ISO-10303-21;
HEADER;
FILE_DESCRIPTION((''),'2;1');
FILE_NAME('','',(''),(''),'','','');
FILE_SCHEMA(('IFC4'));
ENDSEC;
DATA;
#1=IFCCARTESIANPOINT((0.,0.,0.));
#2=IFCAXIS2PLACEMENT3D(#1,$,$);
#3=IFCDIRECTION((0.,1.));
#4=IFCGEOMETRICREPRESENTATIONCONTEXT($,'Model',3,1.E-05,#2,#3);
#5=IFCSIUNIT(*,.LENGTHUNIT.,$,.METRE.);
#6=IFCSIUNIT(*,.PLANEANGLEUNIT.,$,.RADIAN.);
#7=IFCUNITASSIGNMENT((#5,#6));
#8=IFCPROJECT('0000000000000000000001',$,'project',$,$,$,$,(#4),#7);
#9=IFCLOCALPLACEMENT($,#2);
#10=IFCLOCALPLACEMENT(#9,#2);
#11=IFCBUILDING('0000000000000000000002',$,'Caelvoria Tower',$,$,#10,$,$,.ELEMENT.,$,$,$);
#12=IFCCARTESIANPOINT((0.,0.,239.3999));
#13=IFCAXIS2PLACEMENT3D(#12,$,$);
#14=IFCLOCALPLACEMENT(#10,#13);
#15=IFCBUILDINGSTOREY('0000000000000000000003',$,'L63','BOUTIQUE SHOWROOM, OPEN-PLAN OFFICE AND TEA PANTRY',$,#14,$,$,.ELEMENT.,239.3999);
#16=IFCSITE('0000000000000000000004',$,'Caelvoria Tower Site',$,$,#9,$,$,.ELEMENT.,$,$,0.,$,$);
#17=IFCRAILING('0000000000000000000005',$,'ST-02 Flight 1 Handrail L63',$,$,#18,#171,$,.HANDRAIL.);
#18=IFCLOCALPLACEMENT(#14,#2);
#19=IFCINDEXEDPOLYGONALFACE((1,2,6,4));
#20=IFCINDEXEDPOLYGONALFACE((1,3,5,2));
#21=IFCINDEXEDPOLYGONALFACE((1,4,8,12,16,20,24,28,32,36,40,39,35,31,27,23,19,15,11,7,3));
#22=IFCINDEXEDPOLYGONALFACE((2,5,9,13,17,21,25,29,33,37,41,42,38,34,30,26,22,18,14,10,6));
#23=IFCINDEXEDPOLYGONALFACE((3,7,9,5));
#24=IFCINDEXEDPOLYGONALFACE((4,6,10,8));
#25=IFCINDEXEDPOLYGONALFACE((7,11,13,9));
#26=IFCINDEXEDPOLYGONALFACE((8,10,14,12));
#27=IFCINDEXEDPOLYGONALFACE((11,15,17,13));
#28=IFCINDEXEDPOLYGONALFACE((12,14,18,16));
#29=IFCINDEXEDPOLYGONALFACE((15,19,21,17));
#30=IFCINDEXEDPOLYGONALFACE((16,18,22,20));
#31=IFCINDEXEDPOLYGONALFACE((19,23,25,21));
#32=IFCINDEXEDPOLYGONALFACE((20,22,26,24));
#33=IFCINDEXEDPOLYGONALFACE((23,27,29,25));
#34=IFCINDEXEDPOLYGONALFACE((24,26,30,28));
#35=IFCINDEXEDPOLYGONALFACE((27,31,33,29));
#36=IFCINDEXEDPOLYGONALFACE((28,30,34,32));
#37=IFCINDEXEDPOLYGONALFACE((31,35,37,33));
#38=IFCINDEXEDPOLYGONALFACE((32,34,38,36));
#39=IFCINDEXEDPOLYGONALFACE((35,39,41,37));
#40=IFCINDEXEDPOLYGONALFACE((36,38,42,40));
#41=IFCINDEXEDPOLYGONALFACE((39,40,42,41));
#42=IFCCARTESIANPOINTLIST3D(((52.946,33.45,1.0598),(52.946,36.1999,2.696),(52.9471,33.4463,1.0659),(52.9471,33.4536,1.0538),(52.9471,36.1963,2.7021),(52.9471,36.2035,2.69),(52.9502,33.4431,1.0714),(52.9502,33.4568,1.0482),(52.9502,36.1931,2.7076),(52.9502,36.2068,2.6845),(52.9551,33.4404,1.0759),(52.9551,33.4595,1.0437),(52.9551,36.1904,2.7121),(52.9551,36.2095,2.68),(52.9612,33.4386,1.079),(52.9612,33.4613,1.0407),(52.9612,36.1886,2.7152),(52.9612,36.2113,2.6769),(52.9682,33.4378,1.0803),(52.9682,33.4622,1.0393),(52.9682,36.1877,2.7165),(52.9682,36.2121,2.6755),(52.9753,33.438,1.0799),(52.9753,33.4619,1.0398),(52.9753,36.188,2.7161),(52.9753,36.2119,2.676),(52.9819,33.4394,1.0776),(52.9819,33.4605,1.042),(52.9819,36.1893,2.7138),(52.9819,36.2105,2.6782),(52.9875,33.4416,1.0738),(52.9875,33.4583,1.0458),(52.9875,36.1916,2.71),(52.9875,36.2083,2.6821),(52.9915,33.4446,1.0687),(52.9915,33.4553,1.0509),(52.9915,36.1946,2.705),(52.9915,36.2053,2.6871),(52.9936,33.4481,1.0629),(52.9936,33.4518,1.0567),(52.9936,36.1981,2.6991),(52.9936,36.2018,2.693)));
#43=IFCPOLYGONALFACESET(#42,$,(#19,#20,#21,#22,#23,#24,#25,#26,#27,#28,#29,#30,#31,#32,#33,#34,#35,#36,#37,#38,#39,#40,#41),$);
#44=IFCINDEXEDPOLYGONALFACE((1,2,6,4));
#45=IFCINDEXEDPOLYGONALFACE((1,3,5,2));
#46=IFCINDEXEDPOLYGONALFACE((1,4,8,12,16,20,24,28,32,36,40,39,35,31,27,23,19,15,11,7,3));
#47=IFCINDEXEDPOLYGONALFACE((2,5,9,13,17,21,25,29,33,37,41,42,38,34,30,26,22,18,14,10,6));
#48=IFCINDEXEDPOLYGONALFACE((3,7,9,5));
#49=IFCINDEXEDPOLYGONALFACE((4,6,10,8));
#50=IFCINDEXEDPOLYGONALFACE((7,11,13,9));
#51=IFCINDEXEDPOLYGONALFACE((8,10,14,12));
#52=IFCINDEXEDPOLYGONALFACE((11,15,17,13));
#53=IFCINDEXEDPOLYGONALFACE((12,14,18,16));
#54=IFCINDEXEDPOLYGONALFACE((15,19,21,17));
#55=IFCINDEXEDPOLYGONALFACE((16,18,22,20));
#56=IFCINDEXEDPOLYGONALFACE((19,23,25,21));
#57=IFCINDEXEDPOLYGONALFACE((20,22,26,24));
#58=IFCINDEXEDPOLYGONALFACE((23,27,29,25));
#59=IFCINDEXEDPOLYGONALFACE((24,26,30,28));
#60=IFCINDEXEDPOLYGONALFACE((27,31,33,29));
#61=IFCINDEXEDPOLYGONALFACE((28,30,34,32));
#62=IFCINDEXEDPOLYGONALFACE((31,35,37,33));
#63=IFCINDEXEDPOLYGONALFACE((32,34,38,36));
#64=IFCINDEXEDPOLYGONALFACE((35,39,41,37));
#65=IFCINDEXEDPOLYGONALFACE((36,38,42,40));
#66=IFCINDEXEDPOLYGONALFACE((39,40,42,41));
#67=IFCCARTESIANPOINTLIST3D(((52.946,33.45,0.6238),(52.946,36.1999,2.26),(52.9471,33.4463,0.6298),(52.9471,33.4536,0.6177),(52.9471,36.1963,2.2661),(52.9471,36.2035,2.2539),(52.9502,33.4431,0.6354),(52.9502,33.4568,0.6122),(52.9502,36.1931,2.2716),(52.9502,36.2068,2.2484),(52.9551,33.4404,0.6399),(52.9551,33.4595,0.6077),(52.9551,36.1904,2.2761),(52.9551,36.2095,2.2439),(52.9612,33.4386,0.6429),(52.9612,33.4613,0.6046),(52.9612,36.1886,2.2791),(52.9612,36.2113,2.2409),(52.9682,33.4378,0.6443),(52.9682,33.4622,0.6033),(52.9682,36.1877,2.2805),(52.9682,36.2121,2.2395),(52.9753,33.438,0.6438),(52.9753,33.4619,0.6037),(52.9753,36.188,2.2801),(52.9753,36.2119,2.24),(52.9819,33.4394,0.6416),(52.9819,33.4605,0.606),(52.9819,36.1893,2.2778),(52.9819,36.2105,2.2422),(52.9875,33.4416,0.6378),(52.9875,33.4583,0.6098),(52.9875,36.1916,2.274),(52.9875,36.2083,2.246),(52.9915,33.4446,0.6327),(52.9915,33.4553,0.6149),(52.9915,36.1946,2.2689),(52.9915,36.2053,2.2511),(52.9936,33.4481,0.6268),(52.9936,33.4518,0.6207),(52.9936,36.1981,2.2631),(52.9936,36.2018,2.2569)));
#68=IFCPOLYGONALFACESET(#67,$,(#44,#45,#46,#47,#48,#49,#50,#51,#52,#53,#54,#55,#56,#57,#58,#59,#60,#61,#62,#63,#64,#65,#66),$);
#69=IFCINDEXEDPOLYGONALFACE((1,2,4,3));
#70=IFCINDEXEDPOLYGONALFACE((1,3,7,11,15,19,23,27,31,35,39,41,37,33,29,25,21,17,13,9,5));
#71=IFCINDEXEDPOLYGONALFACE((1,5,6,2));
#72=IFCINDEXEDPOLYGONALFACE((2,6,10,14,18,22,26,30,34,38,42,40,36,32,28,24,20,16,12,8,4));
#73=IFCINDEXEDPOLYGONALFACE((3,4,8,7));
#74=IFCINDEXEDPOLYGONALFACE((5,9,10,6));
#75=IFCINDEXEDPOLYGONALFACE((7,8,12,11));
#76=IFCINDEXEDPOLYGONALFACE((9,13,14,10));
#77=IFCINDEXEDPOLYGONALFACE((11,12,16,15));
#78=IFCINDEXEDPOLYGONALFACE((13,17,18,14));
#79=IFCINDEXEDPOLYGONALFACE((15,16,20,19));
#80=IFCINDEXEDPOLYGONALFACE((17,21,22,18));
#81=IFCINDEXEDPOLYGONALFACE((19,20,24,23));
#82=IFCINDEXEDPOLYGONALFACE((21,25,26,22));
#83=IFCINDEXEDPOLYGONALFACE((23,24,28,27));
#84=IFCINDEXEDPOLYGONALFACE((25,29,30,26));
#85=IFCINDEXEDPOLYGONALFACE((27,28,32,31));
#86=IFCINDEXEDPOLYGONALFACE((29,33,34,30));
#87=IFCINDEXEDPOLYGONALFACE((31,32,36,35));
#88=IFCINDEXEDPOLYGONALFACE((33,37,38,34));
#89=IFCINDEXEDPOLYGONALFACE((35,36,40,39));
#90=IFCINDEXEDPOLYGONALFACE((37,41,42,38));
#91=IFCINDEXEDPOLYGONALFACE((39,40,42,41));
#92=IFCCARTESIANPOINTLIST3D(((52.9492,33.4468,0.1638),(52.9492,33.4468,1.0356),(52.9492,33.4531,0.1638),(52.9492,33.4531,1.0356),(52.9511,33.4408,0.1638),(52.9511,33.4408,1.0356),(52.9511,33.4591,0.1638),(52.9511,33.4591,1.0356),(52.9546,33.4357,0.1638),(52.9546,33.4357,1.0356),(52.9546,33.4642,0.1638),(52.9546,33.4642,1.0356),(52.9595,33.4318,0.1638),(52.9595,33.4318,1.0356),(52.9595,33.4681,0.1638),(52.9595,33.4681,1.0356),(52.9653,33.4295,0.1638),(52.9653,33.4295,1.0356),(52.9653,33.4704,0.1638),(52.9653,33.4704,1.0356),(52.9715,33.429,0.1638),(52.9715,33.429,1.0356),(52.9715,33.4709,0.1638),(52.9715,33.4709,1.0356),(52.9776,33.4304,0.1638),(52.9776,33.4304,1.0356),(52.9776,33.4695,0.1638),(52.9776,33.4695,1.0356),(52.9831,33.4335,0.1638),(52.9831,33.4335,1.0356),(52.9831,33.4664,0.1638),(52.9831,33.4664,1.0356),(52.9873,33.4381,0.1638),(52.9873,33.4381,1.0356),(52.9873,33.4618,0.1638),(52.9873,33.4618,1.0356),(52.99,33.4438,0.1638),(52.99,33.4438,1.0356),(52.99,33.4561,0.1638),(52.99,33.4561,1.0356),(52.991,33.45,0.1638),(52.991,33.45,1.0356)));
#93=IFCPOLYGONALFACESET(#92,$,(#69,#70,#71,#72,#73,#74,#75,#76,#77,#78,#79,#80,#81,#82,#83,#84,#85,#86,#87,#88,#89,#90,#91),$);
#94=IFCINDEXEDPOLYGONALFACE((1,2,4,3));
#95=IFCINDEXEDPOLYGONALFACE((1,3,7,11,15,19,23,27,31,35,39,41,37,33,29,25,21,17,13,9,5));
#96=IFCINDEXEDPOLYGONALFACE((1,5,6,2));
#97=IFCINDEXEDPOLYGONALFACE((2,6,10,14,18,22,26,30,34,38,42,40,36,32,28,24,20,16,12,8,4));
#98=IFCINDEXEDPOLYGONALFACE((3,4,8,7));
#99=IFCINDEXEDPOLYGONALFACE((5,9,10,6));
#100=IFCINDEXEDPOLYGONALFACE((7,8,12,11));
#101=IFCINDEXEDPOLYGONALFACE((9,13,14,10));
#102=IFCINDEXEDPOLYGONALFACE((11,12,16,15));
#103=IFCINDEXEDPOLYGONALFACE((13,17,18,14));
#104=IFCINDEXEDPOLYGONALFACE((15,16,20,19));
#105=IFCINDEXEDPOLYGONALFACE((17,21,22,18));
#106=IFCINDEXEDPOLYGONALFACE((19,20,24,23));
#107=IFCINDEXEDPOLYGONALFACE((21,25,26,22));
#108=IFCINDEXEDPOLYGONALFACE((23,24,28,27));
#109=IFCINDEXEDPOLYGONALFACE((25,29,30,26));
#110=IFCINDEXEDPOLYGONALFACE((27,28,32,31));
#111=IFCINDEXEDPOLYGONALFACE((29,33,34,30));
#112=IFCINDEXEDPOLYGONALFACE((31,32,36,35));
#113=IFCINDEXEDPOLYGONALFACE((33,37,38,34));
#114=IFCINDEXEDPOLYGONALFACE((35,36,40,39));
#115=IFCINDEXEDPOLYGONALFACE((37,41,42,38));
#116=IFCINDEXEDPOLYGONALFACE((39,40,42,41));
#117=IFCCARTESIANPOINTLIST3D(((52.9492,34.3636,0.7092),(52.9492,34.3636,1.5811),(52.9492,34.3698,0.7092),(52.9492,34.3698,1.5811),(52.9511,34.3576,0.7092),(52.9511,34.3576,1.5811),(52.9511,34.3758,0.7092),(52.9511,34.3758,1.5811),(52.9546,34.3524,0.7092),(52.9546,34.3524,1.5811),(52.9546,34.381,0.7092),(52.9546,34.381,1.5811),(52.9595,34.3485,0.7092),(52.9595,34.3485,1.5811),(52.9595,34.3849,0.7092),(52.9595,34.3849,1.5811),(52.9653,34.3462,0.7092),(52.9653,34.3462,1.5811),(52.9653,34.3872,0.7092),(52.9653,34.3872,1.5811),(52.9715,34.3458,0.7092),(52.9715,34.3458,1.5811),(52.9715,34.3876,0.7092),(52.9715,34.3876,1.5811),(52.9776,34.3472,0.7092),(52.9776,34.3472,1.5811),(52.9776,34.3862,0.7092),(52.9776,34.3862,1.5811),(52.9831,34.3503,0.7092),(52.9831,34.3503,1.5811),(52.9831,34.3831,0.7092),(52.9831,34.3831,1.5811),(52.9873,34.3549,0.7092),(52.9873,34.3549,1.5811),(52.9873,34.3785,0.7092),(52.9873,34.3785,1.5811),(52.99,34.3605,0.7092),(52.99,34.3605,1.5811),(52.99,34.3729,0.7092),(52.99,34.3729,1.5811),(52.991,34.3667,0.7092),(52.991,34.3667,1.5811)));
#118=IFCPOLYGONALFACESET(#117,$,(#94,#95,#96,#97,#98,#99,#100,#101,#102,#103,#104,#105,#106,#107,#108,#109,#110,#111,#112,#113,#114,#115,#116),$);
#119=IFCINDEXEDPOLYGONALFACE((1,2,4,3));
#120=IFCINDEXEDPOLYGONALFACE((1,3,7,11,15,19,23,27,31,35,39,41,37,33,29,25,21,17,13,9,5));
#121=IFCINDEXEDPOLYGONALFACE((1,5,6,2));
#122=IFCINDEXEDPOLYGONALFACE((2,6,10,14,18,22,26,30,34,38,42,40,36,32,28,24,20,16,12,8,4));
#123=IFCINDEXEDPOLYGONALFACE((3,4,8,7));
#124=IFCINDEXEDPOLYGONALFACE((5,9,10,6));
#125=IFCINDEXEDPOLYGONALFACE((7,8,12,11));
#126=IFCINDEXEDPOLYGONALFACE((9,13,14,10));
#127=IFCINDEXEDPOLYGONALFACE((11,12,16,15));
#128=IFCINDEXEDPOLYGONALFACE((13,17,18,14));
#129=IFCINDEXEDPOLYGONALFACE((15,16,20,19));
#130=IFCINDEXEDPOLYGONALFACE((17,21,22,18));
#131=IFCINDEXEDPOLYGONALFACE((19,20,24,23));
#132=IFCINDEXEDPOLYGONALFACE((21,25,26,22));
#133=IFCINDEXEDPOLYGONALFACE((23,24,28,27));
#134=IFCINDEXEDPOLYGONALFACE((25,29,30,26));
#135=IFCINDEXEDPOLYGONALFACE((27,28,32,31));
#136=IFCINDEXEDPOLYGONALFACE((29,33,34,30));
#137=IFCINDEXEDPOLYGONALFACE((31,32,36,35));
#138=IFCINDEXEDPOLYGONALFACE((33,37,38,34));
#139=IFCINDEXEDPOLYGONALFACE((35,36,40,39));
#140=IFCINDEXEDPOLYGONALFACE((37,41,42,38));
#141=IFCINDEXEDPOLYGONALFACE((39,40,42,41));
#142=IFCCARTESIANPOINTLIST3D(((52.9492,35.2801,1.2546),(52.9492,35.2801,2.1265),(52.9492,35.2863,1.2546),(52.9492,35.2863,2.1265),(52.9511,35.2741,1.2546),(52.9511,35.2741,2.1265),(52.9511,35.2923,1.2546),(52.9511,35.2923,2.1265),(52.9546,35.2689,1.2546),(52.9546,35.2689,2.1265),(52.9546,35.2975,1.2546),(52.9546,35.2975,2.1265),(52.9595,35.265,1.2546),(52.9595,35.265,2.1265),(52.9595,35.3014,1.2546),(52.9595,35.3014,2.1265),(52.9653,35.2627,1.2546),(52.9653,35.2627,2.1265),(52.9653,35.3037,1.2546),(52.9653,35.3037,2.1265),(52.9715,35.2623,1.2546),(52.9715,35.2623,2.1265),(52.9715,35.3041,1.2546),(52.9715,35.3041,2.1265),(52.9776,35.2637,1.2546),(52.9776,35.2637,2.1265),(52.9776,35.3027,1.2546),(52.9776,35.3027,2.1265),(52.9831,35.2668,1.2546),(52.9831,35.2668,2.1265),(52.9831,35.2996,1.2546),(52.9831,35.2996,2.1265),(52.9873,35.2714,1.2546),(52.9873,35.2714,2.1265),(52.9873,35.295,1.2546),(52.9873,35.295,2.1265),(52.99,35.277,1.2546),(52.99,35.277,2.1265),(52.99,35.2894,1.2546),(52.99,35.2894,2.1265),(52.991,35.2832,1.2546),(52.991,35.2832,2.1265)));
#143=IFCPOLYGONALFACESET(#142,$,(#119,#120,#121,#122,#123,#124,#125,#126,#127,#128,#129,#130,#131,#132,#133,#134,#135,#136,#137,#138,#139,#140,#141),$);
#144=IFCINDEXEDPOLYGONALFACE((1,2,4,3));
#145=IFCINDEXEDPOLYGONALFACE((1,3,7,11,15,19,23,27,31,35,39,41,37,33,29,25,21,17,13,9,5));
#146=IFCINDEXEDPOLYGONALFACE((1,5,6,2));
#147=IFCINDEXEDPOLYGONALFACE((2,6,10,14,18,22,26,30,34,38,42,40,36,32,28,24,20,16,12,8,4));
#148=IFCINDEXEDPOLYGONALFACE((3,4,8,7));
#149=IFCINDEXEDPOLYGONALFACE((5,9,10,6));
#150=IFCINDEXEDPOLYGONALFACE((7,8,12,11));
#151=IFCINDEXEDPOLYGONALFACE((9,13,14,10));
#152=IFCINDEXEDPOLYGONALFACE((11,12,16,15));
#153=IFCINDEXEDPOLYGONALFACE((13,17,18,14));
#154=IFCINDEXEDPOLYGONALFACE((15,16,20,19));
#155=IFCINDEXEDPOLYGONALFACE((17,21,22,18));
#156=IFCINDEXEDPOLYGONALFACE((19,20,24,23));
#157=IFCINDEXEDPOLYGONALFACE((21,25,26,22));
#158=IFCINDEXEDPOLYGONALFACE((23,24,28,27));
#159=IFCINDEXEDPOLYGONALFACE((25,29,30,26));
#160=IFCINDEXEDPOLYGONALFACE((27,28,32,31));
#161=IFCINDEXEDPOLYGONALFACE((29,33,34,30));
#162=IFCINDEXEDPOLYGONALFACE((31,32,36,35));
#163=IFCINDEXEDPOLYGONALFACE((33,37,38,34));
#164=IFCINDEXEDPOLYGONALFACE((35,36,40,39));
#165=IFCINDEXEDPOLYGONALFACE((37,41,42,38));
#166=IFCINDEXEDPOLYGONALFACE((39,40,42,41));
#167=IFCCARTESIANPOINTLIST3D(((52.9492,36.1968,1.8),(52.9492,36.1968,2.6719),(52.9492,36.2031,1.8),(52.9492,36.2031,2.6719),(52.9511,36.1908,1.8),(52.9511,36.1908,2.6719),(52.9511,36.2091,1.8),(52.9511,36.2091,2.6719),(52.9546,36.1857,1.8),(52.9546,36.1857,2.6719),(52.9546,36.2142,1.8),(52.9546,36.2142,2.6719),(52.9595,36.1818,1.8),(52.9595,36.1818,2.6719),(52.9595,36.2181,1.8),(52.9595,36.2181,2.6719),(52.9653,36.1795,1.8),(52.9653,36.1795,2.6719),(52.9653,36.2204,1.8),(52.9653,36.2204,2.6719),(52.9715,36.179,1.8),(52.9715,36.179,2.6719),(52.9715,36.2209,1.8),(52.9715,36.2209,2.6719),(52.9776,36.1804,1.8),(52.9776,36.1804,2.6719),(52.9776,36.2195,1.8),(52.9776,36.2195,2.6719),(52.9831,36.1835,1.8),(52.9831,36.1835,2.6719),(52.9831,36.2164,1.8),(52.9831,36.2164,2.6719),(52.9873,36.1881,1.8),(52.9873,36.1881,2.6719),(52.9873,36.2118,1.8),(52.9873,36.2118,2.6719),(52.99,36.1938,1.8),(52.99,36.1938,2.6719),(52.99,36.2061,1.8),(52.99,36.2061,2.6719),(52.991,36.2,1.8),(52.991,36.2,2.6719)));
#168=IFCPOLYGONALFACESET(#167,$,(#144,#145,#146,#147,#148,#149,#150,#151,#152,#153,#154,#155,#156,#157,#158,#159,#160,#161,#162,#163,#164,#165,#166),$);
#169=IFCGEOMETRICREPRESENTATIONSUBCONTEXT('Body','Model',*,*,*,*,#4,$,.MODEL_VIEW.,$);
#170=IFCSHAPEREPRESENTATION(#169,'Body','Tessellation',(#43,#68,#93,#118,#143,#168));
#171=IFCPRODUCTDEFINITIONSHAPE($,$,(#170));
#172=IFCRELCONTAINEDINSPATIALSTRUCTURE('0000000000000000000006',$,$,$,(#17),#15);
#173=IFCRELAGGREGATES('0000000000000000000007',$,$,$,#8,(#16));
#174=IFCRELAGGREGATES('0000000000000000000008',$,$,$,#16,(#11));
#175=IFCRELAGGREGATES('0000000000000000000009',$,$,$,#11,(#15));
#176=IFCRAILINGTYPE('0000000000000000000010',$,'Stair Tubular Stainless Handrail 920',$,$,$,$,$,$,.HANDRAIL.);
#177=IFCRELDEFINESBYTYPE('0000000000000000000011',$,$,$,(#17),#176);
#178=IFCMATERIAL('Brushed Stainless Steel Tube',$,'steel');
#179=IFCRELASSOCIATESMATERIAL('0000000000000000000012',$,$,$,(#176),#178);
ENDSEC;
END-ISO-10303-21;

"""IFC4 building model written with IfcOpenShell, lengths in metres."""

from ifc_helpers import new_model, si_unit, direction, frame, origin, origin_2d, place, context, subcontext, project, spatial, circle, extrude, material, type_object, element, save


model = new_model("IFC4")

# Units and contexts
model_context = context("Model", 3, precision=1e-05, world=origin(), true_north=direction((0.0, 1.0)))
body_context = subcontext(model_context, "Body", "Model", "MODEL_VIEW")
ifc_project = project(units=[si_unit("LENGTHUNIT", "METRE"), si_unit("PLANEANGLEUNIT", "RADIAN")], contexts=[model_context])

# Site, building, storey
site_placement = place(None, origin())
site = spatial("IfcSite", under=ifc_project, at=site_placement, Name="Caelvoria Tower Site", CompositionType="ELEMENT", RefElevation=0.0)
building_placement = place(site_placement, origin())
building = spatial("IfcBuilding", under=site, at=building_placement, Name="Caelvoria Tower", CompositionType="ELEMENT")
storey_placement = place(building_placement, frame((0.0, 0.0, 239.3999)))
storey = spatial("IfcBuildingStorey", under=building, at=storey_placement, Name="L63", Description="BOUTIQUE SHOWROOM, OPEN-PLAN OFFICE AND TEA PANTRY", CompositionType="ELEMENT", Elevation=239.3999)

# Railing
ifc_material_1 = material(Name="Brushed Stainless Steel Tube", Category="steel")
railing_type_1 = type_object("IfcRailingType", Name="Stair Tubular Stainless Handrail 920", PredefinedType="HANDRAIL", material=ifc_material_1)
railing_1_placement = place(storey_placement, frame((52.97, 33.45, 0.1638)))
element("IfcRailing", 1, at=railing_1_placement, inside=storey, type_object=railing_type_1, Name="ST-02 Flight 1 Handrail L63", PredefinedType="HANDRAIL", context=body_context, shape_type="SweptSolid", body=[
    extrude(circle(Radius=0.0239, at=origin_2d()), frame((0.0, 0.0, 0.896), z_axis=(0.0, 0.859385, 0.511328), x_axis=(-1.0, 0.0, 0.0)), (0.0, 0.0, 1.0), 3.2),
    extrude(circle(Radius=0.0239, at=origin_2d()), frame((0.0, 0.0, 0.46), z_axis=(0.0, 0.859385, 0.511328), x_axis=(-1.0, 0.0, 0.0)), (0.0, 0.0, 1.0), 3.2),
    extrude(circle(Radius=0.021, at=origin_2d()), origin(), (0.0, 0.0, 1.0), 0.8718),
    extrude(circle(Radius=0.021, at=origin_2d()), frame((0.0, 0.9167, 0.5454)), (0.0, 0.0, 1.0), 0.8718),
    extrude(circle(Radius=0.021, at=origin_2d()), frame((0.0, 1.8333, 1.0908)), (0.0, 0.0, 1.0), 0.8718),
    extrude(circle(Radius=0.021, at=origin_2d()), frame((0.0, 2.75, 1.6362)), (0.0, 0.0, 1.0), 0.8718),
])

save(model, "model.ifc")
